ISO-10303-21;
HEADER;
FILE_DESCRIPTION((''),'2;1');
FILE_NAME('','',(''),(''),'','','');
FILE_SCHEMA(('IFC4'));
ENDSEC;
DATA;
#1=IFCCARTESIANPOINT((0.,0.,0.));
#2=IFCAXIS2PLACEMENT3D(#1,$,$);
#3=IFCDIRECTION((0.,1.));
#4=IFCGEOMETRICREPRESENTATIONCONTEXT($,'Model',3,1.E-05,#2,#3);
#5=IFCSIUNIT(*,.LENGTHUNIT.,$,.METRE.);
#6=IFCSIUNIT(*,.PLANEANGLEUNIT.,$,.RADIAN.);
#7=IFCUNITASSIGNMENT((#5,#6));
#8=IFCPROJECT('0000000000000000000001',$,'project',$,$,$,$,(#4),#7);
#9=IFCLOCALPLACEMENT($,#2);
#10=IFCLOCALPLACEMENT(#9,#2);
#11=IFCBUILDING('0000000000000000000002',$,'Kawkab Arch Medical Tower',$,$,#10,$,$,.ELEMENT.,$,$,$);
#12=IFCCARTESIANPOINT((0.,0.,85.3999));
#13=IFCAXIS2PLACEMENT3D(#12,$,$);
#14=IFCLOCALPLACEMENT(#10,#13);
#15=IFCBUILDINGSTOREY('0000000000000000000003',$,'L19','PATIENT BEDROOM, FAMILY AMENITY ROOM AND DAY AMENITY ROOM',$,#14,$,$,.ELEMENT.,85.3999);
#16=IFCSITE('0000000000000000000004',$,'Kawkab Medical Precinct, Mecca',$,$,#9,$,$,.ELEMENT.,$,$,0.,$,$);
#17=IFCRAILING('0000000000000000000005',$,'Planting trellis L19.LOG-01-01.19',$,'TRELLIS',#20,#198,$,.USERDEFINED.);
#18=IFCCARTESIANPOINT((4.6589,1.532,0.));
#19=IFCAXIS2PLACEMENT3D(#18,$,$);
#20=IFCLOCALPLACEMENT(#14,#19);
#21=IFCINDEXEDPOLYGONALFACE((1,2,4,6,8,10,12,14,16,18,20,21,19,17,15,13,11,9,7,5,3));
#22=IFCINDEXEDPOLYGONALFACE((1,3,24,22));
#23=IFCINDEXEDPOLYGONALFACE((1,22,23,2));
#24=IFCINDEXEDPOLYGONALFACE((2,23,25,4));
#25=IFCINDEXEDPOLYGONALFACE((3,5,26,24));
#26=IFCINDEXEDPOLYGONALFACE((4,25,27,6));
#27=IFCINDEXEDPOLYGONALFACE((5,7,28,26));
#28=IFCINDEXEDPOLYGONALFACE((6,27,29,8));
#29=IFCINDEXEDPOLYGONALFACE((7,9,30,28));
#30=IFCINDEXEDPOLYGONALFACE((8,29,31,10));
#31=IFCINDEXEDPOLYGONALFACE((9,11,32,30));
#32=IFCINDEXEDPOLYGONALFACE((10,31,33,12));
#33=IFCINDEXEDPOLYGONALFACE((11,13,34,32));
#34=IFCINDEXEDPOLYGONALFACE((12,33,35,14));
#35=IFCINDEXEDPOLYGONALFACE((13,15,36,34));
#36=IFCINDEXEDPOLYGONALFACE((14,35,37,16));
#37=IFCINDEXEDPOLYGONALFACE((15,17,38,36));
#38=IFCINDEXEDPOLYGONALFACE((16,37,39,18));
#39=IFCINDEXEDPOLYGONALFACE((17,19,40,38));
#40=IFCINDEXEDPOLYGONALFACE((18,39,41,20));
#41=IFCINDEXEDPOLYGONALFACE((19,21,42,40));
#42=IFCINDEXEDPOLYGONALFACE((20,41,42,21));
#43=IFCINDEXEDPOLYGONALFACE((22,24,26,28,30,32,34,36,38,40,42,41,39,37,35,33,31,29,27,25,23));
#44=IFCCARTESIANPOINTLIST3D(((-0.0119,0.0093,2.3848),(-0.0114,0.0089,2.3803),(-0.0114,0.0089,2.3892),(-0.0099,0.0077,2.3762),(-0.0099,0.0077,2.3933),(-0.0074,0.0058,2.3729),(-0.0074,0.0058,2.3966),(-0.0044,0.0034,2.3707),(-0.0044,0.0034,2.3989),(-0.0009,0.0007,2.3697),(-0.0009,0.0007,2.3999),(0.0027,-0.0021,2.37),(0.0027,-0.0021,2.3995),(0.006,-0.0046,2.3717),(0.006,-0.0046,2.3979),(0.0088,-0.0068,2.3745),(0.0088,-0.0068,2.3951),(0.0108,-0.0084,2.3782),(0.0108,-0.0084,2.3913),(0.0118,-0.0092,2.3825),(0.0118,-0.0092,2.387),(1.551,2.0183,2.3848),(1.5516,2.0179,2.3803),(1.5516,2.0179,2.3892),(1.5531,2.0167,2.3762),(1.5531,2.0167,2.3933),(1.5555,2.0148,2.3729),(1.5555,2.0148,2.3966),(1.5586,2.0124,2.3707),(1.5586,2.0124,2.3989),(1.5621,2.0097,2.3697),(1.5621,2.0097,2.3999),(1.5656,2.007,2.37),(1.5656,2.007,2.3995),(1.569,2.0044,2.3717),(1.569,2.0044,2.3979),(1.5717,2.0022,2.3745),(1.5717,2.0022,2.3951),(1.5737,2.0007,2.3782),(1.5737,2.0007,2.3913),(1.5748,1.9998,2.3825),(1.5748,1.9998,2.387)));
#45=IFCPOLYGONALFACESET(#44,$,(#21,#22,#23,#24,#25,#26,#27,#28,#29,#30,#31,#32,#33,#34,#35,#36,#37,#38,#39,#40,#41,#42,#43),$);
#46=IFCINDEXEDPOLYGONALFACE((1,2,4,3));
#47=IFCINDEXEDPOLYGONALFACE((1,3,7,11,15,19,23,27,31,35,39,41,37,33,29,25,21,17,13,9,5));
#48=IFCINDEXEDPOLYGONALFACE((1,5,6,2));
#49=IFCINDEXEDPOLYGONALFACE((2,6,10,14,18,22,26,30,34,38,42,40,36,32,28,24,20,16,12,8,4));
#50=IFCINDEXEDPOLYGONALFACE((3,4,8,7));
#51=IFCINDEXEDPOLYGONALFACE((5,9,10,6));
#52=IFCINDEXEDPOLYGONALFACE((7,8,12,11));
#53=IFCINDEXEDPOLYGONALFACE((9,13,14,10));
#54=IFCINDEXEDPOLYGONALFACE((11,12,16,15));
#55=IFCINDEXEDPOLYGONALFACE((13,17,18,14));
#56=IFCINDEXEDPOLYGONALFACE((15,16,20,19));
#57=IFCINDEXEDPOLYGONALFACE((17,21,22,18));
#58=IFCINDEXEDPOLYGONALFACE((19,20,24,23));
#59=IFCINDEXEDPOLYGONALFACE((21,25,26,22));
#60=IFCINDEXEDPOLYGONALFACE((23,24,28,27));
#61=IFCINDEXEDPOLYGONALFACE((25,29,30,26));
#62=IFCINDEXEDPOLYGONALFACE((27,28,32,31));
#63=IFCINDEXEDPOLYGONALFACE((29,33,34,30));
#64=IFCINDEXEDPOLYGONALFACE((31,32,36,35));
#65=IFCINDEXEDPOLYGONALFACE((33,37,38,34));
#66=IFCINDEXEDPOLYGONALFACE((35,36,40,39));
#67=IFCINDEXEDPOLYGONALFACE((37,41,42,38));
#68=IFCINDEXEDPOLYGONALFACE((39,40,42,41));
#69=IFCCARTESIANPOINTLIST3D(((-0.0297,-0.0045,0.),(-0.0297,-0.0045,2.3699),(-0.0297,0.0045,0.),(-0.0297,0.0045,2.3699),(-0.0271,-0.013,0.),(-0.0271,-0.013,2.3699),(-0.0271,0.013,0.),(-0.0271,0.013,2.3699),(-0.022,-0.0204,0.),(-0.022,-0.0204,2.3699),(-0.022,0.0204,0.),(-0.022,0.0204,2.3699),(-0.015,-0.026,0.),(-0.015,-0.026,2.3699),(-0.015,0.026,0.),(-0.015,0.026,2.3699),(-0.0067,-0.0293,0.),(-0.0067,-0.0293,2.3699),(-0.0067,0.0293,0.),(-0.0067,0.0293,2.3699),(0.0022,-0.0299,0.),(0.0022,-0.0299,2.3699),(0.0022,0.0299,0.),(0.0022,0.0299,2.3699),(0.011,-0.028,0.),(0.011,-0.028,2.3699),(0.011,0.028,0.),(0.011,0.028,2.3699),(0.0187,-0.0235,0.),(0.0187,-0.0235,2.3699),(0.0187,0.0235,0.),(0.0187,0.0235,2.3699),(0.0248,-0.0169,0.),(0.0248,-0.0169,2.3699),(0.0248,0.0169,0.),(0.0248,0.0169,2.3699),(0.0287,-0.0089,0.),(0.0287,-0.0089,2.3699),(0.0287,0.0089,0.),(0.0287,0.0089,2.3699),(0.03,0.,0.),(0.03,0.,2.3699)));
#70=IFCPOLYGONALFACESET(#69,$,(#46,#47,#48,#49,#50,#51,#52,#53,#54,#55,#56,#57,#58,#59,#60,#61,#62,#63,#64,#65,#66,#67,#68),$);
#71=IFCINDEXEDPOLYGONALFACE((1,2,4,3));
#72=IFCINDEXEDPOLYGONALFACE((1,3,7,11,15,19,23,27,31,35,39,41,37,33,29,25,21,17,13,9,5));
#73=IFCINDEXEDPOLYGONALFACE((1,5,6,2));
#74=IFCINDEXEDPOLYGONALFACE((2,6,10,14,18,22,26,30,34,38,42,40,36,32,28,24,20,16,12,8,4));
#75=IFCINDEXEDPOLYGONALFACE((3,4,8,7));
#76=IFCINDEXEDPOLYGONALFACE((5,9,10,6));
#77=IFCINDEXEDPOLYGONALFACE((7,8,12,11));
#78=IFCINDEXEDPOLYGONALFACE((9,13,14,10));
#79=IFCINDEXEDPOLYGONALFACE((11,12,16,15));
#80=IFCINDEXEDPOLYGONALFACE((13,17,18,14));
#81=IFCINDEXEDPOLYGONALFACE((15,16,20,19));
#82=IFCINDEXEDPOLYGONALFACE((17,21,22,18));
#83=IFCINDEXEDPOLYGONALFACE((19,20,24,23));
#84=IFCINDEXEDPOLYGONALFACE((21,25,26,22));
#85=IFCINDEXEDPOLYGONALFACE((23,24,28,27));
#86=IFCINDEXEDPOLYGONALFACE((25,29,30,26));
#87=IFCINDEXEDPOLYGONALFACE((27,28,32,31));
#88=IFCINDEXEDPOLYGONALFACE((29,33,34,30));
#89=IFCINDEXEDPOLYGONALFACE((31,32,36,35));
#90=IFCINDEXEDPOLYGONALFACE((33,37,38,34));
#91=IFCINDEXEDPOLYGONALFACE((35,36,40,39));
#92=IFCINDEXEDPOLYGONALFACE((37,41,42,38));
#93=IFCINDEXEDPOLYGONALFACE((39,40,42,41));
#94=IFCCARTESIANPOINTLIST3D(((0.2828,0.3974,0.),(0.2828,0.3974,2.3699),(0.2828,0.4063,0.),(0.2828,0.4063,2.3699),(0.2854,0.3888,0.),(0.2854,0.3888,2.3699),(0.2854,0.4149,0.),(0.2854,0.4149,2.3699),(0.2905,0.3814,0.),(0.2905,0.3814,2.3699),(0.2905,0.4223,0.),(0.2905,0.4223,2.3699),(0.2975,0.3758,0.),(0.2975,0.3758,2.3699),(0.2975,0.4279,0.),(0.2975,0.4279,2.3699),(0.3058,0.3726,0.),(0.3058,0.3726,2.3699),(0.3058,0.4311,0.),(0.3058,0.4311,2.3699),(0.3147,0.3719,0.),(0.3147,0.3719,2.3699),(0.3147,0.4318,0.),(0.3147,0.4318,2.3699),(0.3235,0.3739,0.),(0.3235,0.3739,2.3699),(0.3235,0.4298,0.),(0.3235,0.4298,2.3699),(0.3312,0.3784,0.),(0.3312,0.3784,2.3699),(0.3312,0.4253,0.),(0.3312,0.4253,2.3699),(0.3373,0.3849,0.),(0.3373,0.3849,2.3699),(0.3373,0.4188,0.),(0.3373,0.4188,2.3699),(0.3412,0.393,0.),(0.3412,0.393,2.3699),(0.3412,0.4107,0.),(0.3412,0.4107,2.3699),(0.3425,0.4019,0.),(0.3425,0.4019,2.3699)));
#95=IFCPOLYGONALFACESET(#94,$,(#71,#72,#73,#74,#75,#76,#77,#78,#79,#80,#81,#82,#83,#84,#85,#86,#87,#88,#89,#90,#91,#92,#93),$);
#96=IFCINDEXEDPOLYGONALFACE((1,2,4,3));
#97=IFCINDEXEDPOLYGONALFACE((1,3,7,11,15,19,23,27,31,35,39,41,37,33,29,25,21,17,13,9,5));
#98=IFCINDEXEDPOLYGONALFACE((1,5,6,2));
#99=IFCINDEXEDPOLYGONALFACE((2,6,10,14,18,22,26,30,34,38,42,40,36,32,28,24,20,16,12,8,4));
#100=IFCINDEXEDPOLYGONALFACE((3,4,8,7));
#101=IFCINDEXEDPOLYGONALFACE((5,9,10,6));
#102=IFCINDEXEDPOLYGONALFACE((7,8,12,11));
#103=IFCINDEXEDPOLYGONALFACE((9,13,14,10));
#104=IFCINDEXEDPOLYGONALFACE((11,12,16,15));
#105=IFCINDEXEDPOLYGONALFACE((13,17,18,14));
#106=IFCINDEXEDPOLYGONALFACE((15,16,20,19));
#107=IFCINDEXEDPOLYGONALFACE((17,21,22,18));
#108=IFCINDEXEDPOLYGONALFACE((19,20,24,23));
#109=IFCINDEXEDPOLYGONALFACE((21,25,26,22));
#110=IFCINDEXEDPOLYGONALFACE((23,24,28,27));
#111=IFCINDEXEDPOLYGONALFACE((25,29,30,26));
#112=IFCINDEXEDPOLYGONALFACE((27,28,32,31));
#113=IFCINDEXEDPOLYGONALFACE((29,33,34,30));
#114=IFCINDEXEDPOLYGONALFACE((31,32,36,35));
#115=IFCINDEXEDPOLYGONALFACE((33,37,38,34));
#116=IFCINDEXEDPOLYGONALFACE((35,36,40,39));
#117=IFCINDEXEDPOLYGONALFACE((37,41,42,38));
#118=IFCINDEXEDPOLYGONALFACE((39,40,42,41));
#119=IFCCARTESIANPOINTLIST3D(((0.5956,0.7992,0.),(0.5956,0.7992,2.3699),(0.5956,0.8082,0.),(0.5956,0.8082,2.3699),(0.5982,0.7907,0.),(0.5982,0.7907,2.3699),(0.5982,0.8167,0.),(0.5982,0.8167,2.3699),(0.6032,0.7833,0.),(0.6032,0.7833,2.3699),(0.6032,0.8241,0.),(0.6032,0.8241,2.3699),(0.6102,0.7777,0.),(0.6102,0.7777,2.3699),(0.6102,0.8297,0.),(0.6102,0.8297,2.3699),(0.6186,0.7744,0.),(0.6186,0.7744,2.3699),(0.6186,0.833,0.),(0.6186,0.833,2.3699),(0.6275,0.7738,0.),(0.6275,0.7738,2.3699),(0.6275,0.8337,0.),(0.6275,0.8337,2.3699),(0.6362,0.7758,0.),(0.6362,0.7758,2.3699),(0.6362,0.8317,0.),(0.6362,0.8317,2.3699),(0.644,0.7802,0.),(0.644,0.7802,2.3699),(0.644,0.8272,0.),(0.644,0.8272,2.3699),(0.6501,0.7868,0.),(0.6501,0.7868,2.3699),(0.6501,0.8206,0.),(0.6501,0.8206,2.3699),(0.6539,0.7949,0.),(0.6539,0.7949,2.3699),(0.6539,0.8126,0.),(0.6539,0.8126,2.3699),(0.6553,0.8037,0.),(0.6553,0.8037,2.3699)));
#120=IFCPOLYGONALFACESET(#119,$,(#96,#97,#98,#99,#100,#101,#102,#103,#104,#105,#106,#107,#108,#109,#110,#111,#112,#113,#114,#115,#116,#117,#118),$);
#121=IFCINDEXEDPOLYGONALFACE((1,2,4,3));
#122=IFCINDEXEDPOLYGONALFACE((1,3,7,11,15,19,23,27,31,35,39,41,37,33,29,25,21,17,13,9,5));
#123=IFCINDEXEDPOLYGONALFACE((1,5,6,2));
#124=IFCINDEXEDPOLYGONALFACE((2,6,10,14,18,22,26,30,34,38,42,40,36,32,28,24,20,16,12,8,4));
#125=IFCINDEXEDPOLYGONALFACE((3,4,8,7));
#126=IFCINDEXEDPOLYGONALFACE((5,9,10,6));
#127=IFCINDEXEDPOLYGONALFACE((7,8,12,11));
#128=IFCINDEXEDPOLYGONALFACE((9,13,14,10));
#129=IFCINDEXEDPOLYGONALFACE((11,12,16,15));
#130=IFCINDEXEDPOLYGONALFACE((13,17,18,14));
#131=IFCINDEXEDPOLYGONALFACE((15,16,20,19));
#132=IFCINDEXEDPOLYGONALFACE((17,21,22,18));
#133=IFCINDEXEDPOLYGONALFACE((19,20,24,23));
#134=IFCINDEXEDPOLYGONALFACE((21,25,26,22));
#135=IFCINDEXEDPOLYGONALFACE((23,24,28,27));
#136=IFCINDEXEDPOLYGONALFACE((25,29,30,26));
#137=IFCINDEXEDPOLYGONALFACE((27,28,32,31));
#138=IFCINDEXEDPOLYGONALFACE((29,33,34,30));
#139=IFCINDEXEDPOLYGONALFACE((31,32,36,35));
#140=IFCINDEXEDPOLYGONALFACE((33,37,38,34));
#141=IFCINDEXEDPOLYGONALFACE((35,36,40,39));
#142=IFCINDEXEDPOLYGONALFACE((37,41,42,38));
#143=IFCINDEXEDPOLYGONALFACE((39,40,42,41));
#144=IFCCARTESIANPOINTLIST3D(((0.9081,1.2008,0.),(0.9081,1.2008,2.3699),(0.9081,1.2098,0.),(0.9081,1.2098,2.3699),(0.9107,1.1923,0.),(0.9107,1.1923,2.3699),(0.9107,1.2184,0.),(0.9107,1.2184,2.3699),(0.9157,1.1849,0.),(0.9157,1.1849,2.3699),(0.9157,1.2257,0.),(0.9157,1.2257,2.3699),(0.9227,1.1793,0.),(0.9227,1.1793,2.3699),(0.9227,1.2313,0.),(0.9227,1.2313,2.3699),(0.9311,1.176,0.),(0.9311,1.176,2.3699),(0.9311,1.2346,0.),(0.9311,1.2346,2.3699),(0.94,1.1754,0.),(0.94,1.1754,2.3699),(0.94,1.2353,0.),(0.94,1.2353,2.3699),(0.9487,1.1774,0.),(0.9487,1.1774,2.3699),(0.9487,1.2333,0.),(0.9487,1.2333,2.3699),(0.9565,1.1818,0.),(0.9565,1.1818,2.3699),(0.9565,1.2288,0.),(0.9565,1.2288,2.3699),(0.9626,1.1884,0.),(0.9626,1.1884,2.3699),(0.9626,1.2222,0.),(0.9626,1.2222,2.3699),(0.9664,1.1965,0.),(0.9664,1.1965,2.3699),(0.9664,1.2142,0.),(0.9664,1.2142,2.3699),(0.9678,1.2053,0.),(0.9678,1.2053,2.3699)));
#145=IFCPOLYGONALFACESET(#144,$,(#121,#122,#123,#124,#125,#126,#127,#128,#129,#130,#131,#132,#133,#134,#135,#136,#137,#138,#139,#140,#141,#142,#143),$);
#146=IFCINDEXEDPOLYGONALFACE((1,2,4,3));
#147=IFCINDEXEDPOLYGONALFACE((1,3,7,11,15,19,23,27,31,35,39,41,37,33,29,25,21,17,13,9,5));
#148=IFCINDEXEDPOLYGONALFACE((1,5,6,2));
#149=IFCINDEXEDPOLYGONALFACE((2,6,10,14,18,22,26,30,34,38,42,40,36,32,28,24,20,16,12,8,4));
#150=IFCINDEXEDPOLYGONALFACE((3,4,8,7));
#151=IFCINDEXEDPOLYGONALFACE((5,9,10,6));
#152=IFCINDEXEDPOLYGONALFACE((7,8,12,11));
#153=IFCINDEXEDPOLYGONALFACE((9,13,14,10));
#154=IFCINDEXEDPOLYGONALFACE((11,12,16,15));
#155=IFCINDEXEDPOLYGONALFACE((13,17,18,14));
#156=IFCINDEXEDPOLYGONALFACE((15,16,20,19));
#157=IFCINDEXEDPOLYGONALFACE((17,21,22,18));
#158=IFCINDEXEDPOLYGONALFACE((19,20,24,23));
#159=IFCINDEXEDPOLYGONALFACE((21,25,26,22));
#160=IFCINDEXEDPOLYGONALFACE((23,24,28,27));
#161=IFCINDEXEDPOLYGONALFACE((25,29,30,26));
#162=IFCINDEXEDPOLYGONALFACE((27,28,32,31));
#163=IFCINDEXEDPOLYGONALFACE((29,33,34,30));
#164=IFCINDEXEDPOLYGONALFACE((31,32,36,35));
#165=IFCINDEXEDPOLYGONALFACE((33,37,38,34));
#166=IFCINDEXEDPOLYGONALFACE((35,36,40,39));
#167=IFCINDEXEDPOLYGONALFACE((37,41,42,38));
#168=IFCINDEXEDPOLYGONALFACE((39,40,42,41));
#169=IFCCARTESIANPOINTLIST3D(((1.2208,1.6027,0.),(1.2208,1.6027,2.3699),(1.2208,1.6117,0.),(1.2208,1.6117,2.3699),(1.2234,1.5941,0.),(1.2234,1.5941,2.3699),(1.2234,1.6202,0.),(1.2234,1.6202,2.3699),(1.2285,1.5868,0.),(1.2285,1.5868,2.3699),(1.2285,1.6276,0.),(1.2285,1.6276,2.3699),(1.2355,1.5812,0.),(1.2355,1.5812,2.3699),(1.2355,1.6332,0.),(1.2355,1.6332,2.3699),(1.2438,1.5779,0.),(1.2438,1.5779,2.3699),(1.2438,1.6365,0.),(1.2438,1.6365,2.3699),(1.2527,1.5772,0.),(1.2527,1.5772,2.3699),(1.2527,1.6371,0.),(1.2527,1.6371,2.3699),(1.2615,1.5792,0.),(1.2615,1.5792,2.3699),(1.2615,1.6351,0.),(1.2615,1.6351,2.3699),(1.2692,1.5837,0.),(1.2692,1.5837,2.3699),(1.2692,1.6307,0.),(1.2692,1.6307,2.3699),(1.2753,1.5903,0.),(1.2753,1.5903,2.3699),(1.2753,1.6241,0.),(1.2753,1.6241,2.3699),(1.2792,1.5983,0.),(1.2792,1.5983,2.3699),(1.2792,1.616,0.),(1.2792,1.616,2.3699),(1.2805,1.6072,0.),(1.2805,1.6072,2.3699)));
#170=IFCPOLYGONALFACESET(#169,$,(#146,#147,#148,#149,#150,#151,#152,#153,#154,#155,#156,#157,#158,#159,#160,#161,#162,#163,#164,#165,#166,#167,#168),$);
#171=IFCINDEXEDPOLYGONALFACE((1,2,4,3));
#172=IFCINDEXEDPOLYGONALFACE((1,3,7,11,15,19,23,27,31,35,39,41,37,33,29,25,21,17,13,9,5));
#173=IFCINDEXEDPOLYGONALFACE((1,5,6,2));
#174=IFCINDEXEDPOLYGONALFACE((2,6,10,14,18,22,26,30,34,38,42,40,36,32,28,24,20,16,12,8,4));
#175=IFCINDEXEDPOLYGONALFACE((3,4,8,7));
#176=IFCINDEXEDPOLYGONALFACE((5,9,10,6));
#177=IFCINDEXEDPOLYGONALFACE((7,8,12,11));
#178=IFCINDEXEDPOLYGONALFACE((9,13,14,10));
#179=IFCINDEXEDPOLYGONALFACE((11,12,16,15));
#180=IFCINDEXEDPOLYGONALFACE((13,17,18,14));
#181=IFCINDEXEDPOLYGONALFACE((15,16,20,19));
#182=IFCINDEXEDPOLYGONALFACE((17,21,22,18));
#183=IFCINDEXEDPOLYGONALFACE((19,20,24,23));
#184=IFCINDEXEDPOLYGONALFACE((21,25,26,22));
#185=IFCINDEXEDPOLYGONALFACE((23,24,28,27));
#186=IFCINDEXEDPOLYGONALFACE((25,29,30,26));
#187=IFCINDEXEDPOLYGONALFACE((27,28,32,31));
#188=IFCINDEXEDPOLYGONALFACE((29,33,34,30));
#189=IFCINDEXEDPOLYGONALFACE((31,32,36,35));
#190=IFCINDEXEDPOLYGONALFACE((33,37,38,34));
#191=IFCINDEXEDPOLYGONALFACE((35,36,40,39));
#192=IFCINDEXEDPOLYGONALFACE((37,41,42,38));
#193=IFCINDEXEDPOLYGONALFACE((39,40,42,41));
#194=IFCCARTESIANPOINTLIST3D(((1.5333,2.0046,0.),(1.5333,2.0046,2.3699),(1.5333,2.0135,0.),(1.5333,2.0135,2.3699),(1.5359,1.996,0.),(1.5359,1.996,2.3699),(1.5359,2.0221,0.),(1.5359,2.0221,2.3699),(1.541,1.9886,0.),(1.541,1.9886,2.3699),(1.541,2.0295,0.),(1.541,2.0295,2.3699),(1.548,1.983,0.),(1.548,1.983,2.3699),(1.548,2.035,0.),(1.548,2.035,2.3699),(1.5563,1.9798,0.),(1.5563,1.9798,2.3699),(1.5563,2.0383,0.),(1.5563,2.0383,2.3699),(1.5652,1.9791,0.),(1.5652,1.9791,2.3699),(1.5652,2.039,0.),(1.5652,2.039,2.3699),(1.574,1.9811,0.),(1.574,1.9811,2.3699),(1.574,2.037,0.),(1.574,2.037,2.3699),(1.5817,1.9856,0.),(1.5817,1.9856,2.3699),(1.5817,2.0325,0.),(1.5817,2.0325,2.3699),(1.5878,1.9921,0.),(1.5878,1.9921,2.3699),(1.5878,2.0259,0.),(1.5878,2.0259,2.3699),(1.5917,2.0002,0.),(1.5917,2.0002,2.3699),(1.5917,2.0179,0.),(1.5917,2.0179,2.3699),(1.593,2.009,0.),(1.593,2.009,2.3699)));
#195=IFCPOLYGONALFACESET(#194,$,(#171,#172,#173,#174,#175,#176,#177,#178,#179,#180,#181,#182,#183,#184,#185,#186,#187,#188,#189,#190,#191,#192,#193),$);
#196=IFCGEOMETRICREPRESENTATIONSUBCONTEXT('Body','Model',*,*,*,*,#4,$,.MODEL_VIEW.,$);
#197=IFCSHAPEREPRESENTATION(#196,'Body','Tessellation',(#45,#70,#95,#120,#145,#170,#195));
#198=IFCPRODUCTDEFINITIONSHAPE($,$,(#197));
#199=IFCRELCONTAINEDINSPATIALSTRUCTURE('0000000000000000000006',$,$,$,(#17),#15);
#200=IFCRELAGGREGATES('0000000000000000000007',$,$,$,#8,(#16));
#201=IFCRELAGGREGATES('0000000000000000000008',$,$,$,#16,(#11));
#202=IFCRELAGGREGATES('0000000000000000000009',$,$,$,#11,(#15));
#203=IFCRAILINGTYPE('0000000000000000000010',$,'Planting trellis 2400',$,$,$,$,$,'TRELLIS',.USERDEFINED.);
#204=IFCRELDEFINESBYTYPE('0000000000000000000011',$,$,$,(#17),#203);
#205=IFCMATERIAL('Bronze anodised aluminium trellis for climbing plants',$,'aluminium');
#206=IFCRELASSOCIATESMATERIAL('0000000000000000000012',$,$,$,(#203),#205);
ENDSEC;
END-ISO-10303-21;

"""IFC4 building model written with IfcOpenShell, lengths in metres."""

from ifc_helpers import new_model, si_unit, direction, frame, origin, origin_2d, place, context, subcontext, project, spatial, circle, extrude, material, type_object, element, save


model = new_model("IFC4")

# Units and contexts
model_context = context("Model", 3, precision=1e-05, world=origin(), true_north=direction((0.0, 1.0)))
body_context = subcontext(model_context, "Body", "Model", "MODEL_VIEW")
ifc_project = project(units=[si_unit("LENGTHUNIT", "METRE"), si_unit("PLANEANGLEUNIT", "RADIAN")], contexts=[model_context])

# Site, building, storey
site_placement = place(None, origin())
site = spatial("IfcSite", under=ifc_project, at=site_placement, Name="Kawkab Medical Precinct, Mecca", CompositionType="ELEMENT", RefElevation=0.0)
building_placement = place(site_placement, origin())
building = spatial("IfcBuilding", under=site, at=building_placement, Name="Kawkab Arch Medical Tower", CompositionType="ELEMENT")
storey_placement = place(building_placement, frame((0.0, 0.0, 85.3999)))
storey = spatial("IfcBuildingStorey", under=building, at=storey_placement, Name="L19", Description="PATIENT BEDROOM, FAMILY AMENITY ROOM AND DAY AMENITY ROOM", CompositionType="ELEMENT", Elevation=85.3999)

# Railing
ifc_material_1 = material(Name="Bronze anodised aluminium trellis for climbing plants", Category="aluminium")
railing_type = type_object("IfcRailingType", Name="Planting trellis 2400", ElementType="TRELLIS", PredefinedType="USERDEFINED", material=ifc_material_1)
railing_1_placement = place(storey_placement, frame((4.6589, 1.532, 0.0)))
element("IfcRailing", 1, at=railing_1_placement, inside=storey, type_object=railing_type, Name="Planting trellis L19.LOG-01-01.19", ObjectType="TRELLIS", PredefinedType="USERDEFINED", context=body_context, shape_type="SweptSolid", body=[
    extrude(circle(Radius=0.0151, at=origin_2d()), frame((0.0, 0.0, 2.3848), z_axis=(0.61404, 0.789275, 0.0), x_axis=(-0.789275, 0.61404, 0.0)), (0.0, 0.0, 1.0), 2.5454),
    extrude(circle(Radius=0.03, at=origin_2d()), origin(), (0.0, 0.0, 1.0), 2.3699),
    extrude(circle(Radius=0.03, at=origin_2d()), frame((0.3125, 0.4019, 0.0)), (0.0, 0.0, 1.0), 2.3699),
    extrude(circle(Radius=0.03, at=origin_2d()), frame((0.6252, 0.8037, 0.0)), (0.0, 0.0, 1.0), 2.3699),
    extrude(circle(Radius=0.03, at=origin_2d()), frame((0.9377, 1.2053, 0.0)), (0.0, 0.0, 1.0), 2.3699),
    extrude(circle(Radius=0.03, at=origin_2d()), frame((1.2505, 1.6072, 0.0)), (0.0, 0.0, 1.0), 2.3699),
    extrude(circle(Radius=0.03, at=origin_2d()), frame((1.563, 2.009, 0.0)), (0.0, 0.0, 1.0), 2.3699),
])

save(model, "model.ifc")
